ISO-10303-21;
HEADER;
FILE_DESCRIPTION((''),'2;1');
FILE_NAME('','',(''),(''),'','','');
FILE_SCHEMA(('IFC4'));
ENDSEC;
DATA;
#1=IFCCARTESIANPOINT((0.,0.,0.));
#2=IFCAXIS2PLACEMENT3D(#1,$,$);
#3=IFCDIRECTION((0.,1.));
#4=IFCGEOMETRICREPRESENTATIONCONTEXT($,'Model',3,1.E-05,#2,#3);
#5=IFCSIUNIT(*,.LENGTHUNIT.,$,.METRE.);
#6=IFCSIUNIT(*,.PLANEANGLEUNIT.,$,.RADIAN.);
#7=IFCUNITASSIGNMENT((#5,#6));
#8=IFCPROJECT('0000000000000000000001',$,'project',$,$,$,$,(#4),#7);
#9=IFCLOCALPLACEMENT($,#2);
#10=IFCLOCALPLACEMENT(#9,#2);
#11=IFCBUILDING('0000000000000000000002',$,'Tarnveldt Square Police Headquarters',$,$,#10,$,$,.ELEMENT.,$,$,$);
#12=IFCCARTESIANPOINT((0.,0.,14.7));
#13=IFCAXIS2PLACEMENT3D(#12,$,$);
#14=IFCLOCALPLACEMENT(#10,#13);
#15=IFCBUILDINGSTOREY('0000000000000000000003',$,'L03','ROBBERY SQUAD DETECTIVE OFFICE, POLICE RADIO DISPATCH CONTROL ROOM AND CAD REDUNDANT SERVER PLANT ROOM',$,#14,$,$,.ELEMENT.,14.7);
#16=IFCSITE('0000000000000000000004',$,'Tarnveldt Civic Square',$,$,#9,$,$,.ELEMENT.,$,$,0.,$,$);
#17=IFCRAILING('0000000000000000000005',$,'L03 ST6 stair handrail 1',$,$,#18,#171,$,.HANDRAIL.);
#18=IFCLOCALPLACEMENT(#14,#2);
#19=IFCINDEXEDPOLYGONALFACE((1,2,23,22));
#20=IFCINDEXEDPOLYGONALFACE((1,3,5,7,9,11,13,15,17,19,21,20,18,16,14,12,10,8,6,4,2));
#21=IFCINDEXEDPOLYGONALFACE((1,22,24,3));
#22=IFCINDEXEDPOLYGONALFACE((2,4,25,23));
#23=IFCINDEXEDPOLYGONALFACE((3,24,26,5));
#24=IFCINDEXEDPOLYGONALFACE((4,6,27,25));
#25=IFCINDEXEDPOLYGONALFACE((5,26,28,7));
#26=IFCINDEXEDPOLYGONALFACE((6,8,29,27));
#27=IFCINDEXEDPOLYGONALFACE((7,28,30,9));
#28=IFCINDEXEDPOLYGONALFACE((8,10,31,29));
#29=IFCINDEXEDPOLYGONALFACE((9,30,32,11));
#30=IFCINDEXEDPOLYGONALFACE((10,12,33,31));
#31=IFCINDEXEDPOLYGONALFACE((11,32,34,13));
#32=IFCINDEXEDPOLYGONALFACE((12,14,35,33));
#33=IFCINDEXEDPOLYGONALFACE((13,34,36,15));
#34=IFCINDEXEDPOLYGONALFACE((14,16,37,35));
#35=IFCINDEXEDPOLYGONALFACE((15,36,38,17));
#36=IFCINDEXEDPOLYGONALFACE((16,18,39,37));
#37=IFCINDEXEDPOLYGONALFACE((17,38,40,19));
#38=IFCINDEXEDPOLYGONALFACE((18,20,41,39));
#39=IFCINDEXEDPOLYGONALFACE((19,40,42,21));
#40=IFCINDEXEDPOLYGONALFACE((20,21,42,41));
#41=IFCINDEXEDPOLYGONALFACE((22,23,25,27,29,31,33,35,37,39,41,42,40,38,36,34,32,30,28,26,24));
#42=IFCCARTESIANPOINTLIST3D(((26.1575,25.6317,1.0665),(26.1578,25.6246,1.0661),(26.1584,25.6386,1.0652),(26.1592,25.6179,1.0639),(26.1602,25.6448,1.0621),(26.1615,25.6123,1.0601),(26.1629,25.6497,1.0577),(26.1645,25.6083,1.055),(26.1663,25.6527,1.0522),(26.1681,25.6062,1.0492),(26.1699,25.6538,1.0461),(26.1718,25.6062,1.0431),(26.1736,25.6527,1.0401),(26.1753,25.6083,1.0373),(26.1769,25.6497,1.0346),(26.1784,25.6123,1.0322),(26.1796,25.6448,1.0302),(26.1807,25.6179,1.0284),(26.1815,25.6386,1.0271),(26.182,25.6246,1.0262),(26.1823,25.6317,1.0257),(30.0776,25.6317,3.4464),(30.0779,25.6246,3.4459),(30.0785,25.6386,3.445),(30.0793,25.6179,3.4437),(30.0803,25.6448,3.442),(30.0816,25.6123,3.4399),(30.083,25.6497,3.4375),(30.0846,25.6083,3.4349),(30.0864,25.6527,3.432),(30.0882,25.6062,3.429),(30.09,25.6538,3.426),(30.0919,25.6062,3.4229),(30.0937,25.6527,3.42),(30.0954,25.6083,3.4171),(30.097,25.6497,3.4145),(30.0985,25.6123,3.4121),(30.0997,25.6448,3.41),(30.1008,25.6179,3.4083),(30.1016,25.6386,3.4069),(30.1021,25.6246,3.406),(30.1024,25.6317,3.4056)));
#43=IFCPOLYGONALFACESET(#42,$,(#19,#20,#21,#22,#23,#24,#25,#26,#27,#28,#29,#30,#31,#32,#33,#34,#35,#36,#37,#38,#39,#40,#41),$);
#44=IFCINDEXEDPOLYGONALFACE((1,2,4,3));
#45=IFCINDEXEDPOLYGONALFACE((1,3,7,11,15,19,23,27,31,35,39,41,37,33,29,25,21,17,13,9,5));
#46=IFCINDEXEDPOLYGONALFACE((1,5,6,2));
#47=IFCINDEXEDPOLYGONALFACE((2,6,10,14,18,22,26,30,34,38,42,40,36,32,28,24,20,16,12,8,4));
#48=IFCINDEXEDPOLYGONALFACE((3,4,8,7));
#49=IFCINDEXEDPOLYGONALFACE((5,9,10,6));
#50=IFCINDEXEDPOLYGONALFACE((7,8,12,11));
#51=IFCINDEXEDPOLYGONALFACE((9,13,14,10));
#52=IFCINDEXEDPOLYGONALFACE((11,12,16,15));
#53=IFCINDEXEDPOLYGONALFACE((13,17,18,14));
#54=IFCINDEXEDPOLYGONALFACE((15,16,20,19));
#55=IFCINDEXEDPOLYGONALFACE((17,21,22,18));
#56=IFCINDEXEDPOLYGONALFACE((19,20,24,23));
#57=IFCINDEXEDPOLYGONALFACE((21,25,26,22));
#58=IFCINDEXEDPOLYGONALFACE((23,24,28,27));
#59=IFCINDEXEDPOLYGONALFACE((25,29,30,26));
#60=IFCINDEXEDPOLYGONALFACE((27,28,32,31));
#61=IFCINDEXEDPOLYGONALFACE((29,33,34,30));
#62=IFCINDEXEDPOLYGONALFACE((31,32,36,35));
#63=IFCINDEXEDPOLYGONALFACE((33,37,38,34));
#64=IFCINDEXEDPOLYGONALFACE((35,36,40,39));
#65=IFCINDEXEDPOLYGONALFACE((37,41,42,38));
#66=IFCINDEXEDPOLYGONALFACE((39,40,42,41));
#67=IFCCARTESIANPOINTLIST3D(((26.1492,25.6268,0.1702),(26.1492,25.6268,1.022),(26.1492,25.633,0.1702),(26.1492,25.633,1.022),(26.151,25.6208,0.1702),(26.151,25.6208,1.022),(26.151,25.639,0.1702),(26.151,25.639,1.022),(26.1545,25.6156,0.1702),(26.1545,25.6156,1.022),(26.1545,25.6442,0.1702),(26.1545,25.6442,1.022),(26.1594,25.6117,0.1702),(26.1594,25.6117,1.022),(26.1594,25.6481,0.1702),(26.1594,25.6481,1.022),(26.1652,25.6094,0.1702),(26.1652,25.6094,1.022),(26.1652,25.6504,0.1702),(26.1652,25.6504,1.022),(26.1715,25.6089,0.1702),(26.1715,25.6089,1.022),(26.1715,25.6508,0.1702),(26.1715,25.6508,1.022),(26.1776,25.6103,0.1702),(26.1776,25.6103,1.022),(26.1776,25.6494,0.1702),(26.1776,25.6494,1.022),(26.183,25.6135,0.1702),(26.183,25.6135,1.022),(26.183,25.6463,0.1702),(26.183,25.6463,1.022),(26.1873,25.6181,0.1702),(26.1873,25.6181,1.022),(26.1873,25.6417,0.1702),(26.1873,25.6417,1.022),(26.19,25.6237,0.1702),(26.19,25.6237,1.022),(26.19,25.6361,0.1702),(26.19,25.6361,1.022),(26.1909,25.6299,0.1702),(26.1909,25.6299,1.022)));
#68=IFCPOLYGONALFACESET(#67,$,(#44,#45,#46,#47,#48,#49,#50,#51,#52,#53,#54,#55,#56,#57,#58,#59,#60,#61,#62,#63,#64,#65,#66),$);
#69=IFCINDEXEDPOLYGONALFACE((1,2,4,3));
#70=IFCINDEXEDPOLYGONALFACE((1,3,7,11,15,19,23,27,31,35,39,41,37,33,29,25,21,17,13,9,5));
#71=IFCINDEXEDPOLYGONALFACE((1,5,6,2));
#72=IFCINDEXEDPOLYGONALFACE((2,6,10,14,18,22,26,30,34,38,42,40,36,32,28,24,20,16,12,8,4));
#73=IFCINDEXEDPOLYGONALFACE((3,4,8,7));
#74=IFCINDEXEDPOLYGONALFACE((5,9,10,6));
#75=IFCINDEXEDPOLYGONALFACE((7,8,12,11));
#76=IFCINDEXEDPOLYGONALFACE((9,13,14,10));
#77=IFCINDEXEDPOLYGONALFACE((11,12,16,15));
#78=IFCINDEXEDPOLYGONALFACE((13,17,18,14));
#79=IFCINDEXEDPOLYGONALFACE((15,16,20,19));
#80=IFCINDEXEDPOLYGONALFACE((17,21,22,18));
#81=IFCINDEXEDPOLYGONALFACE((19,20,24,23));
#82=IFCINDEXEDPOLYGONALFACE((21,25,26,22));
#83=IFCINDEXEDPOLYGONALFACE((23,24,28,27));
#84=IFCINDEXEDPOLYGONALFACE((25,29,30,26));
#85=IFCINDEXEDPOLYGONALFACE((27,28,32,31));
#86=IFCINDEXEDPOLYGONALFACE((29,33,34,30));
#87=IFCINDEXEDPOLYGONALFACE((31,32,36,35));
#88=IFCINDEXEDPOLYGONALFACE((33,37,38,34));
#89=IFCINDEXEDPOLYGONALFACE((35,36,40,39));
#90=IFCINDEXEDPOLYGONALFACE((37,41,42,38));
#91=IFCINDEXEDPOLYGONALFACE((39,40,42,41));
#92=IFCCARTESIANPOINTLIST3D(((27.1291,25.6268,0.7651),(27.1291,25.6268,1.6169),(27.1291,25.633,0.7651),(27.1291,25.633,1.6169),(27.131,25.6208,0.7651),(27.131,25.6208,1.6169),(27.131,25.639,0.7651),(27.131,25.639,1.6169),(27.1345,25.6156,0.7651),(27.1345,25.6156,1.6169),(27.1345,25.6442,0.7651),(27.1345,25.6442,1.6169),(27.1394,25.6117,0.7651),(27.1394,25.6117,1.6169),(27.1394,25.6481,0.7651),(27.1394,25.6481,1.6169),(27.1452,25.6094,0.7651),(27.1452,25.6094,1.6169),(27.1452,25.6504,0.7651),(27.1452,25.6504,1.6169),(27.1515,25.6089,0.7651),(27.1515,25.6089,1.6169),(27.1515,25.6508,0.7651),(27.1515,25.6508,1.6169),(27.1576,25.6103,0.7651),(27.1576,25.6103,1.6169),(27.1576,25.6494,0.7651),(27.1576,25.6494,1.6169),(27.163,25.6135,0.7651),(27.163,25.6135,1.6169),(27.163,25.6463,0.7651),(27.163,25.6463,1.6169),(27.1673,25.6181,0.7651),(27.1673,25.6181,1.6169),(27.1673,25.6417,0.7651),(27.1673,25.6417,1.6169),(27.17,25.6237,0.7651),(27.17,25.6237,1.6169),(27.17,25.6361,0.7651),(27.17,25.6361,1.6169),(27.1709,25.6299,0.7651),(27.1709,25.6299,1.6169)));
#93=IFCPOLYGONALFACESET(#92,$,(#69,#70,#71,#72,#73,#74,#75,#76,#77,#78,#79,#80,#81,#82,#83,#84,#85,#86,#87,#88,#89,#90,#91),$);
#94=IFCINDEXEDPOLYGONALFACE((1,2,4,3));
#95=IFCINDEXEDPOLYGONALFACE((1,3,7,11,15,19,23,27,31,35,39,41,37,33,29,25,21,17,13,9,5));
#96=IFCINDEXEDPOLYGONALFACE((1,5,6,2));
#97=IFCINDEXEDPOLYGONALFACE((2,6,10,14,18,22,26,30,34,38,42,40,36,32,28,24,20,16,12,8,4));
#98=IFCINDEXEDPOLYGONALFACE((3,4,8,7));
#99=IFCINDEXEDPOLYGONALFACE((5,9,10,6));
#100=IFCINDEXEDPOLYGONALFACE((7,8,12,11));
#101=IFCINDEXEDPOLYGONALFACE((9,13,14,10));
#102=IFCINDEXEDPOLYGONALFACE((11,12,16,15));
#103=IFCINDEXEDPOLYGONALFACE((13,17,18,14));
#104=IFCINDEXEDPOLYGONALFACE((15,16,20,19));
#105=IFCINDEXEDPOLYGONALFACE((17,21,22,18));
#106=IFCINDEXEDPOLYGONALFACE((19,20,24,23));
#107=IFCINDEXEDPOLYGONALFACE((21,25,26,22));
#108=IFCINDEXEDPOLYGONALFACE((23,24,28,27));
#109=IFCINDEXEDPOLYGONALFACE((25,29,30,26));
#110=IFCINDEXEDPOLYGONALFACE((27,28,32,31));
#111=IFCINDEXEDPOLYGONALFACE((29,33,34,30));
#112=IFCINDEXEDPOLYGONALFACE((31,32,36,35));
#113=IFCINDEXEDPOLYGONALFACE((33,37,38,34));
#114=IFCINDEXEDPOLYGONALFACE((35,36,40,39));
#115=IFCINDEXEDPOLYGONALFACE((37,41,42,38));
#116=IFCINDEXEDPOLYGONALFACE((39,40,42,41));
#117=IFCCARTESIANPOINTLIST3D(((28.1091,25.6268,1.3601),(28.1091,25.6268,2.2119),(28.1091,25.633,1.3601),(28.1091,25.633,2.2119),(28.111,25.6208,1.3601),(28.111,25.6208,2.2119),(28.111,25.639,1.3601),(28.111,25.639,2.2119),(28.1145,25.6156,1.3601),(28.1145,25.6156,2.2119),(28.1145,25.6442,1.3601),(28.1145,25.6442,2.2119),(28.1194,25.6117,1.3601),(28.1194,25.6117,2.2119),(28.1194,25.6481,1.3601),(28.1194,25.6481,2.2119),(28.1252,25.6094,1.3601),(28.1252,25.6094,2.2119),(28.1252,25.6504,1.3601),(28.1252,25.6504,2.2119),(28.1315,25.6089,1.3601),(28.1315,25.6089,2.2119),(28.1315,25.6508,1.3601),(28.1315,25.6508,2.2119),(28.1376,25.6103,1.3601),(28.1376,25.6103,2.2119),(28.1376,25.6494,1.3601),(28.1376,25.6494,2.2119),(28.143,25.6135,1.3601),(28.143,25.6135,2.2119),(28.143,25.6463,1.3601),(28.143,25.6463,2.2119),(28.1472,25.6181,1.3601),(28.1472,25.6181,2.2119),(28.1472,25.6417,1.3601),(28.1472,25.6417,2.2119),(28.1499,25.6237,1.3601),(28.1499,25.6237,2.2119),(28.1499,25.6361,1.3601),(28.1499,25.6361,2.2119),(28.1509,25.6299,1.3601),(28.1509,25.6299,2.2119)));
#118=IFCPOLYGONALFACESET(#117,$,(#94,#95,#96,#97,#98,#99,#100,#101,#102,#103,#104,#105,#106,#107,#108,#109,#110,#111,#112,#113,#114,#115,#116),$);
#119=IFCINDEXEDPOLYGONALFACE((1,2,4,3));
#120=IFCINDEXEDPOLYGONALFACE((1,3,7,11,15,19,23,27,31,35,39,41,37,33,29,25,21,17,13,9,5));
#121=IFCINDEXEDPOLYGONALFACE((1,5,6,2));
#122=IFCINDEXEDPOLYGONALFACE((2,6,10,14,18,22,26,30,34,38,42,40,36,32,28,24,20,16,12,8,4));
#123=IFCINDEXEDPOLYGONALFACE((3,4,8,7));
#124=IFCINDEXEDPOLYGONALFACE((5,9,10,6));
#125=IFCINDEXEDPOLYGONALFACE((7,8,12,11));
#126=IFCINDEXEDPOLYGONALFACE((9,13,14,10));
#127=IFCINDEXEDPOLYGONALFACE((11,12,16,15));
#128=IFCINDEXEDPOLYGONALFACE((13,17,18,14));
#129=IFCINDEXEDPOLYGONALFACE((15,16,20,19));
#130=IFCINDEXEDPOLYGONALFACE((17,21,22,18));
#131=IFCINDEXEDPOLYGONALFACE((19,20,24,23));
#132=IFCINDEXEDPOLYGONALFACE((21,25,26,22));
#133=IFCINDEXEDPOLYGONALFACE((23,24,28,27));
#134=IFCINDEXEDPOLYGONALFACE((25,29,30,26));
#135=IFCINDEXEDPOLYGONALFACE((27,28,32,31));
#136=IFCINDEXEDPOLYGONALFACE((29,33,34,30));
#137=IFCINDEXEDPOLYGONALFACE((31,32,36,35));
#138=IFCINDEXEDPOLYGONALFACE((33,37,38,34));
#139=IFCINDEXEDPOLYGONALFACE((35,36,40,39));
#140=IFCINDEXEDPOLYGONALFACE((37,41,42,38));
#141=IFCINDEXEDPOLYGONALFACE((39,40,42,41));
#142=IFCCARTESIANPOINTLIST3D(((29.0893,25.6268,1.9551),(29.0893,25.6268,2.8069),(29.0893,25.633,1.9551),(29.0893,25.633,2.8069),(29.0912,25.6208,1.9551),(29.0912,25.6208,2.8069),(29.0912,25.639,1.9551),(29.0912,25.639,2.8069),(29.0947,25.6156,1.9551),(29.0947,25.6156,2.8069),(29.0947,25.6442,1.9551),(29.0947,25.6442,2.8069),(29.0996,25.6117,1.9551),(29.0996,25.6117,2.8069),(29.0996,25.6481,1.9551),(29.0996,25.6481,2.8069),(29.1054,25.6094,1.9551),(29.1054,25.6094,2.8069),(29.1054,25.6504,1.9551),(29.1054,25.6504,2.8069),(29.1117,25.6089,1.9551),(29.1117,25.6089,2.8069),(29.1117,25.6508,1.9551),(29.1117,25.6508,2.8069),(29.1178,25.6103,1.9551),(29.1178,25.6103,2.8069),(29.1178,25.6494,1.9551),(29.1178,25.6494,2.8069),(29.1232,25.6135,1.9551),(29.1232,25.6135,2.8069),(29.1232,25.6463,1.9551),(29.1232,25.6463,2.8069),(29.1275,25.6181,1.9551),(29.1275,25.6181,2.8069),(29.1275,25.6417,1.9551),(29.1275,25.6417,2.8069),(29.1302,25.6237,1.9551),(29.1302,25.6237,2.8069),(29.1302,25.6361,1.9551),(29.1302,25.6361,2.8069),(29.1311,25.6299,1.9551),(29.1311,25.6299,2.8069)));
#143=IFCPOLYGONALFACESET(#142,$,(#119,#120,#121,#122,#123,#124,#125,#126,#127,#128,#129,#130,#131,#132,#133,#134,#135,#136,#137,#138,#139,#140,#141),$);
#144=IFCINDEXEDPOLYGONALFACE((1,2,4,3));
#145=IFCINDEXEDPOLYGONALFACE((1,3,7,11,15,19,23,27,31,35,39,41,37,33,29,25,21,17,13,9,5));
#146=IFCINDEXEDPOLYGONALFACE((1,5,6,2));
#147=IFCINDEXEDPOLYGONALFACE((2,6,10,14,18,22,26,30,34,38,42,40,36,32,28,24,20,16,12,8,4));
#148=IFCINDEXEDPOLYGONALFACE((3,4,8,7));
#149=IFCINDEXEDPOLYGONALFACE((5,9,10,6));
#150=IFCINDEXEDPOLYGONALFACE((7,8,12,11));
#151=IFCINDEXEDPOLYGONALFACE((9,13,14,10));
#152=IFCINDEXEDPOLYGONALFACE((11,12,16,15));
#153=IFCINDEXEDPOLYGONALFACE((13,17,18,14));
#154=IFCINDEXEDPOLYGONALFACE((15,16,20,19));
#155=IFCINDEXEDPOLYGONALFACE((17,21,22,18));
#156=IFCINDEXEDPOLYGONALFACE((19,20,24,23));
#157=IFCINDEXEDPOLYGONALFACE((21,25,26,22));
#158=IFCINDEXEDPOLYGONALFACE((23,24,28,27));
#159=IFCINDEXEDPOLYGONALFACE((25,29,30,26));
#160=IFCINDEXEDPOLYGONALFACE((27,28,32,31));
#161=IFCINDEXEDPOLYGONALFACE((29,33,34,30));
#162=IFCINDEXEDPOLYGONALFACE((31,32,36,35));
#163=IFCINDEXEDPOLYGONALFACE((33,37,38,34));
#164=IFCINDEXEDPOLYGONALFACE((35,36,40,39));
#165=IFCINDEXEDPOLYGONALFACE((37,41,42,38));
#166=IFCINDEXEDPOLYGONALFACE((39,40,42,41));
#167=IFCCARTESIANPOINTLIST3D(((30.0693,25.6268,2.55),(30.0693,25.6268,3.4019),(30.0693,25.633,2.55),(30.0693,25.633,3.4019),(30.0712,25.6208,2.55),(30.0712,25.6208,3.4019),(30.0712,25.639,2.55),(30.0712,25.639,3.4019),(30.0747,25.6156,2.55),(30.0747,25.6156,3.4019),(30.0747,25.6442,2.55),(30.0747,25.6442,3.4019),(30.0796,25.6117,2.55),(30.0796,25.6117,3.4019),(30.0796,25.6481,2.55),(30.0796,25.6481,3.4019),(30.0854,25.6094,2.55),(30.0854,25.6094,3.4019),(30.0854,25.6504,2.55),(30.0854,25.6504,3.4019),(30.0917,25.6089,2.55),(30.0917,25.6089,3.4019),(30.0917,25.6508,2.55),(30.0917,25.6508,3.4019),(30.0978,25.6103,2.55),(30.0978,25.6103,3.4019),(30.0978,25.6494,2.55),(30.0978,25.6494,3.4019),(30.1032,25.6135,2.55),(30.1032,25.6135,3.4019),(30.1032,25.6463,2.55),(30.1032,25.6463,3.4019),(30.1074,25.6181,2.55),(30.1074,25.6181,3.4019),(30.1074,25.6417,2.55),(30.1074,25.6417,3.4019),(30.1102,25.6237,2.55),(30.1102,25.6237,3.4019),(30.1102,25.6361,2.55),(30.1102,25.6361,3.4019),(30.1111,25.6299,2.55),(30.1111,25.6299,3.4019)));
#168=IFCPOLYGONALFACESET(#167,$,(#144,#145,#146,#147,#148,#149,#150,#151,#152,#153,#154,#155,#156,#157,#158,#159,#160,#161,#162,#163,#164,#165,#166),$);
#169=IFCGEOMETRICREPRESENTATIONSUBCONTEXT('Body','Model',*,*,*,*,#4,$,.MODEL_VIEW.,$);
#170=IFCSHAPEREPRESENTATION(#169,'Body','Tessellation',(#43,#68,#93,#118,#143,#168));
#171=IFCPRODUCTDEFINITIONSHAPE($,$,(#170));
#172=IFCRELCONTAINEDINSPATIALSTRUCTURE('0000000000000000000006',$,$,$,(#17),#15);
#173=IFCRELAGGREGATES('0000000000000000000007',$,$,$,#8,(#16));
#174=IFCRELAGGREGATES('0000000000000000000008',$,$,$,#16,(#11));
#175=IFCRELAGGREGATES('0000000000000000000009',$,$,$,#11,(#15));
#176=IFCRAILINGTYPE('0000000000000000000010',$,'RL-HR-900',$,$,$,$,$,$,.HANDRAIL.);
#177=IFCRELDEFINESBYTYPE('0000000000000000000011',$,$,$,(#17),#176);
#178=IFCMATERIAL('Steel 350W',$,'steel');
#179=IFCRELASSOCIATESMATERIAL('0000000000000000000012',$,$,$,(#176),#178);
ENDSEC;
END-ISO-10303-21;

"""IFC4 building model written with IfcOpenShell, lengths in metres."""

from ifc_helpers import new_model, si_unit, direction, frame, origin, origin_2d, place, context, subcontext, project, spatial, circle, extrude, material, type_object, element, save


model = new_model("IFC4")

# Units and contexts
model_context = context("Model", 3, precision=1e-05, world=origin(), true_north=direction((0.0, 1.0)))
body_context = subcontext(model_context, "Body", "Model", "MODEL_VIEW")
ifc_project = project(units=[si_unit("LENGTHUNIT", "METRE"), si_unit("PLANEANGLEUNIT", "RADIAN")], contexts=[model_context])

# Site, building, storey
site_placement = place(None, origin())
site = spatial("IfcSite", under=ifc_project, at=site_placement, Name="Tarnveldt Civic Square", CompositionType="ELEMENT", RefElevation=0.0)
building_placement = place(site_placement, origin())
building = spatial("IfcBuilding", under=site, at=building_placement, Name="Tarnveldt Square Police Headquarters", CompositionType="ELEMENT")
storey_placement = place(building_placement, frame((0.0, 0.0, 14.7)))
storey = spatial("IfcBuildingStorey", under=building, at=storey_placement, Name="L03", Description="ROBBERY SQUAD DETECTIVE OFFICE, POLICE RADIO DISPATCH CONTROL ROOM AND CAD REDUNDANT SERVER PLANT ROOM", CompositionType="ELEMENT", Elevation=14.7)

# Shared definitions
ifc_material_1 = material(Name="Steel 350W", Category="steel")

# Railing
railing_type = type_object("IfcRailingType", Name="RL-HR-900", PredefinedType="HANDRAIL", material=ifc_material_1)
railing_placement = place(storey_placement, frame((26.1699, 25.6299, 0.1702)))
element("IfcRailing", 1, at=railing_placement, inside=storey, type_object=railing_type, Name="L03 ST6 stair handrail 1", PredefinedType="HANDRAIL", context=body_context, shape_type="SweptSolid", body=[
    extrude(circle(Radius=0.0239, at=origin_2d()), frame((0.0, 0.0, 0.876), z_axis=(0.854809, 0.0, 0.518943), x_axis=(0.0, 1.0, 0.0)), (0.0, 0.0, 1.0), 4.5859),
    extrude(circle(Radius=0.021, at=origin_2d()), origin(), (0.0, 0.0, 1.0), 0.8518),
    extrude(circle(Radius=0.021, at=origin_2d()), frame((0.98, 0.0, 0.595)), (0.0, 0.0, 1.0), 0.8518),
    extrude(circle(Radius=0.021, at=origin_2d()), frame((1.96, 0.0, 1.1899)), (0.0, 0.0, 1.0), 0.8518),
    extrude(circle(Radius=0.021, at=origin_2d()), frame((2.9402, 0.0, 1.7849)), (0.0, 0.0, 1.0), 0.8518),
    extrude(circle(Radius=0.021, at=origin_2d()), frame((3.9202, 0.0, 2.3799)), (0.0, 0.0, 1.0), 0.8518),
])

save(model, "model.ifc")
